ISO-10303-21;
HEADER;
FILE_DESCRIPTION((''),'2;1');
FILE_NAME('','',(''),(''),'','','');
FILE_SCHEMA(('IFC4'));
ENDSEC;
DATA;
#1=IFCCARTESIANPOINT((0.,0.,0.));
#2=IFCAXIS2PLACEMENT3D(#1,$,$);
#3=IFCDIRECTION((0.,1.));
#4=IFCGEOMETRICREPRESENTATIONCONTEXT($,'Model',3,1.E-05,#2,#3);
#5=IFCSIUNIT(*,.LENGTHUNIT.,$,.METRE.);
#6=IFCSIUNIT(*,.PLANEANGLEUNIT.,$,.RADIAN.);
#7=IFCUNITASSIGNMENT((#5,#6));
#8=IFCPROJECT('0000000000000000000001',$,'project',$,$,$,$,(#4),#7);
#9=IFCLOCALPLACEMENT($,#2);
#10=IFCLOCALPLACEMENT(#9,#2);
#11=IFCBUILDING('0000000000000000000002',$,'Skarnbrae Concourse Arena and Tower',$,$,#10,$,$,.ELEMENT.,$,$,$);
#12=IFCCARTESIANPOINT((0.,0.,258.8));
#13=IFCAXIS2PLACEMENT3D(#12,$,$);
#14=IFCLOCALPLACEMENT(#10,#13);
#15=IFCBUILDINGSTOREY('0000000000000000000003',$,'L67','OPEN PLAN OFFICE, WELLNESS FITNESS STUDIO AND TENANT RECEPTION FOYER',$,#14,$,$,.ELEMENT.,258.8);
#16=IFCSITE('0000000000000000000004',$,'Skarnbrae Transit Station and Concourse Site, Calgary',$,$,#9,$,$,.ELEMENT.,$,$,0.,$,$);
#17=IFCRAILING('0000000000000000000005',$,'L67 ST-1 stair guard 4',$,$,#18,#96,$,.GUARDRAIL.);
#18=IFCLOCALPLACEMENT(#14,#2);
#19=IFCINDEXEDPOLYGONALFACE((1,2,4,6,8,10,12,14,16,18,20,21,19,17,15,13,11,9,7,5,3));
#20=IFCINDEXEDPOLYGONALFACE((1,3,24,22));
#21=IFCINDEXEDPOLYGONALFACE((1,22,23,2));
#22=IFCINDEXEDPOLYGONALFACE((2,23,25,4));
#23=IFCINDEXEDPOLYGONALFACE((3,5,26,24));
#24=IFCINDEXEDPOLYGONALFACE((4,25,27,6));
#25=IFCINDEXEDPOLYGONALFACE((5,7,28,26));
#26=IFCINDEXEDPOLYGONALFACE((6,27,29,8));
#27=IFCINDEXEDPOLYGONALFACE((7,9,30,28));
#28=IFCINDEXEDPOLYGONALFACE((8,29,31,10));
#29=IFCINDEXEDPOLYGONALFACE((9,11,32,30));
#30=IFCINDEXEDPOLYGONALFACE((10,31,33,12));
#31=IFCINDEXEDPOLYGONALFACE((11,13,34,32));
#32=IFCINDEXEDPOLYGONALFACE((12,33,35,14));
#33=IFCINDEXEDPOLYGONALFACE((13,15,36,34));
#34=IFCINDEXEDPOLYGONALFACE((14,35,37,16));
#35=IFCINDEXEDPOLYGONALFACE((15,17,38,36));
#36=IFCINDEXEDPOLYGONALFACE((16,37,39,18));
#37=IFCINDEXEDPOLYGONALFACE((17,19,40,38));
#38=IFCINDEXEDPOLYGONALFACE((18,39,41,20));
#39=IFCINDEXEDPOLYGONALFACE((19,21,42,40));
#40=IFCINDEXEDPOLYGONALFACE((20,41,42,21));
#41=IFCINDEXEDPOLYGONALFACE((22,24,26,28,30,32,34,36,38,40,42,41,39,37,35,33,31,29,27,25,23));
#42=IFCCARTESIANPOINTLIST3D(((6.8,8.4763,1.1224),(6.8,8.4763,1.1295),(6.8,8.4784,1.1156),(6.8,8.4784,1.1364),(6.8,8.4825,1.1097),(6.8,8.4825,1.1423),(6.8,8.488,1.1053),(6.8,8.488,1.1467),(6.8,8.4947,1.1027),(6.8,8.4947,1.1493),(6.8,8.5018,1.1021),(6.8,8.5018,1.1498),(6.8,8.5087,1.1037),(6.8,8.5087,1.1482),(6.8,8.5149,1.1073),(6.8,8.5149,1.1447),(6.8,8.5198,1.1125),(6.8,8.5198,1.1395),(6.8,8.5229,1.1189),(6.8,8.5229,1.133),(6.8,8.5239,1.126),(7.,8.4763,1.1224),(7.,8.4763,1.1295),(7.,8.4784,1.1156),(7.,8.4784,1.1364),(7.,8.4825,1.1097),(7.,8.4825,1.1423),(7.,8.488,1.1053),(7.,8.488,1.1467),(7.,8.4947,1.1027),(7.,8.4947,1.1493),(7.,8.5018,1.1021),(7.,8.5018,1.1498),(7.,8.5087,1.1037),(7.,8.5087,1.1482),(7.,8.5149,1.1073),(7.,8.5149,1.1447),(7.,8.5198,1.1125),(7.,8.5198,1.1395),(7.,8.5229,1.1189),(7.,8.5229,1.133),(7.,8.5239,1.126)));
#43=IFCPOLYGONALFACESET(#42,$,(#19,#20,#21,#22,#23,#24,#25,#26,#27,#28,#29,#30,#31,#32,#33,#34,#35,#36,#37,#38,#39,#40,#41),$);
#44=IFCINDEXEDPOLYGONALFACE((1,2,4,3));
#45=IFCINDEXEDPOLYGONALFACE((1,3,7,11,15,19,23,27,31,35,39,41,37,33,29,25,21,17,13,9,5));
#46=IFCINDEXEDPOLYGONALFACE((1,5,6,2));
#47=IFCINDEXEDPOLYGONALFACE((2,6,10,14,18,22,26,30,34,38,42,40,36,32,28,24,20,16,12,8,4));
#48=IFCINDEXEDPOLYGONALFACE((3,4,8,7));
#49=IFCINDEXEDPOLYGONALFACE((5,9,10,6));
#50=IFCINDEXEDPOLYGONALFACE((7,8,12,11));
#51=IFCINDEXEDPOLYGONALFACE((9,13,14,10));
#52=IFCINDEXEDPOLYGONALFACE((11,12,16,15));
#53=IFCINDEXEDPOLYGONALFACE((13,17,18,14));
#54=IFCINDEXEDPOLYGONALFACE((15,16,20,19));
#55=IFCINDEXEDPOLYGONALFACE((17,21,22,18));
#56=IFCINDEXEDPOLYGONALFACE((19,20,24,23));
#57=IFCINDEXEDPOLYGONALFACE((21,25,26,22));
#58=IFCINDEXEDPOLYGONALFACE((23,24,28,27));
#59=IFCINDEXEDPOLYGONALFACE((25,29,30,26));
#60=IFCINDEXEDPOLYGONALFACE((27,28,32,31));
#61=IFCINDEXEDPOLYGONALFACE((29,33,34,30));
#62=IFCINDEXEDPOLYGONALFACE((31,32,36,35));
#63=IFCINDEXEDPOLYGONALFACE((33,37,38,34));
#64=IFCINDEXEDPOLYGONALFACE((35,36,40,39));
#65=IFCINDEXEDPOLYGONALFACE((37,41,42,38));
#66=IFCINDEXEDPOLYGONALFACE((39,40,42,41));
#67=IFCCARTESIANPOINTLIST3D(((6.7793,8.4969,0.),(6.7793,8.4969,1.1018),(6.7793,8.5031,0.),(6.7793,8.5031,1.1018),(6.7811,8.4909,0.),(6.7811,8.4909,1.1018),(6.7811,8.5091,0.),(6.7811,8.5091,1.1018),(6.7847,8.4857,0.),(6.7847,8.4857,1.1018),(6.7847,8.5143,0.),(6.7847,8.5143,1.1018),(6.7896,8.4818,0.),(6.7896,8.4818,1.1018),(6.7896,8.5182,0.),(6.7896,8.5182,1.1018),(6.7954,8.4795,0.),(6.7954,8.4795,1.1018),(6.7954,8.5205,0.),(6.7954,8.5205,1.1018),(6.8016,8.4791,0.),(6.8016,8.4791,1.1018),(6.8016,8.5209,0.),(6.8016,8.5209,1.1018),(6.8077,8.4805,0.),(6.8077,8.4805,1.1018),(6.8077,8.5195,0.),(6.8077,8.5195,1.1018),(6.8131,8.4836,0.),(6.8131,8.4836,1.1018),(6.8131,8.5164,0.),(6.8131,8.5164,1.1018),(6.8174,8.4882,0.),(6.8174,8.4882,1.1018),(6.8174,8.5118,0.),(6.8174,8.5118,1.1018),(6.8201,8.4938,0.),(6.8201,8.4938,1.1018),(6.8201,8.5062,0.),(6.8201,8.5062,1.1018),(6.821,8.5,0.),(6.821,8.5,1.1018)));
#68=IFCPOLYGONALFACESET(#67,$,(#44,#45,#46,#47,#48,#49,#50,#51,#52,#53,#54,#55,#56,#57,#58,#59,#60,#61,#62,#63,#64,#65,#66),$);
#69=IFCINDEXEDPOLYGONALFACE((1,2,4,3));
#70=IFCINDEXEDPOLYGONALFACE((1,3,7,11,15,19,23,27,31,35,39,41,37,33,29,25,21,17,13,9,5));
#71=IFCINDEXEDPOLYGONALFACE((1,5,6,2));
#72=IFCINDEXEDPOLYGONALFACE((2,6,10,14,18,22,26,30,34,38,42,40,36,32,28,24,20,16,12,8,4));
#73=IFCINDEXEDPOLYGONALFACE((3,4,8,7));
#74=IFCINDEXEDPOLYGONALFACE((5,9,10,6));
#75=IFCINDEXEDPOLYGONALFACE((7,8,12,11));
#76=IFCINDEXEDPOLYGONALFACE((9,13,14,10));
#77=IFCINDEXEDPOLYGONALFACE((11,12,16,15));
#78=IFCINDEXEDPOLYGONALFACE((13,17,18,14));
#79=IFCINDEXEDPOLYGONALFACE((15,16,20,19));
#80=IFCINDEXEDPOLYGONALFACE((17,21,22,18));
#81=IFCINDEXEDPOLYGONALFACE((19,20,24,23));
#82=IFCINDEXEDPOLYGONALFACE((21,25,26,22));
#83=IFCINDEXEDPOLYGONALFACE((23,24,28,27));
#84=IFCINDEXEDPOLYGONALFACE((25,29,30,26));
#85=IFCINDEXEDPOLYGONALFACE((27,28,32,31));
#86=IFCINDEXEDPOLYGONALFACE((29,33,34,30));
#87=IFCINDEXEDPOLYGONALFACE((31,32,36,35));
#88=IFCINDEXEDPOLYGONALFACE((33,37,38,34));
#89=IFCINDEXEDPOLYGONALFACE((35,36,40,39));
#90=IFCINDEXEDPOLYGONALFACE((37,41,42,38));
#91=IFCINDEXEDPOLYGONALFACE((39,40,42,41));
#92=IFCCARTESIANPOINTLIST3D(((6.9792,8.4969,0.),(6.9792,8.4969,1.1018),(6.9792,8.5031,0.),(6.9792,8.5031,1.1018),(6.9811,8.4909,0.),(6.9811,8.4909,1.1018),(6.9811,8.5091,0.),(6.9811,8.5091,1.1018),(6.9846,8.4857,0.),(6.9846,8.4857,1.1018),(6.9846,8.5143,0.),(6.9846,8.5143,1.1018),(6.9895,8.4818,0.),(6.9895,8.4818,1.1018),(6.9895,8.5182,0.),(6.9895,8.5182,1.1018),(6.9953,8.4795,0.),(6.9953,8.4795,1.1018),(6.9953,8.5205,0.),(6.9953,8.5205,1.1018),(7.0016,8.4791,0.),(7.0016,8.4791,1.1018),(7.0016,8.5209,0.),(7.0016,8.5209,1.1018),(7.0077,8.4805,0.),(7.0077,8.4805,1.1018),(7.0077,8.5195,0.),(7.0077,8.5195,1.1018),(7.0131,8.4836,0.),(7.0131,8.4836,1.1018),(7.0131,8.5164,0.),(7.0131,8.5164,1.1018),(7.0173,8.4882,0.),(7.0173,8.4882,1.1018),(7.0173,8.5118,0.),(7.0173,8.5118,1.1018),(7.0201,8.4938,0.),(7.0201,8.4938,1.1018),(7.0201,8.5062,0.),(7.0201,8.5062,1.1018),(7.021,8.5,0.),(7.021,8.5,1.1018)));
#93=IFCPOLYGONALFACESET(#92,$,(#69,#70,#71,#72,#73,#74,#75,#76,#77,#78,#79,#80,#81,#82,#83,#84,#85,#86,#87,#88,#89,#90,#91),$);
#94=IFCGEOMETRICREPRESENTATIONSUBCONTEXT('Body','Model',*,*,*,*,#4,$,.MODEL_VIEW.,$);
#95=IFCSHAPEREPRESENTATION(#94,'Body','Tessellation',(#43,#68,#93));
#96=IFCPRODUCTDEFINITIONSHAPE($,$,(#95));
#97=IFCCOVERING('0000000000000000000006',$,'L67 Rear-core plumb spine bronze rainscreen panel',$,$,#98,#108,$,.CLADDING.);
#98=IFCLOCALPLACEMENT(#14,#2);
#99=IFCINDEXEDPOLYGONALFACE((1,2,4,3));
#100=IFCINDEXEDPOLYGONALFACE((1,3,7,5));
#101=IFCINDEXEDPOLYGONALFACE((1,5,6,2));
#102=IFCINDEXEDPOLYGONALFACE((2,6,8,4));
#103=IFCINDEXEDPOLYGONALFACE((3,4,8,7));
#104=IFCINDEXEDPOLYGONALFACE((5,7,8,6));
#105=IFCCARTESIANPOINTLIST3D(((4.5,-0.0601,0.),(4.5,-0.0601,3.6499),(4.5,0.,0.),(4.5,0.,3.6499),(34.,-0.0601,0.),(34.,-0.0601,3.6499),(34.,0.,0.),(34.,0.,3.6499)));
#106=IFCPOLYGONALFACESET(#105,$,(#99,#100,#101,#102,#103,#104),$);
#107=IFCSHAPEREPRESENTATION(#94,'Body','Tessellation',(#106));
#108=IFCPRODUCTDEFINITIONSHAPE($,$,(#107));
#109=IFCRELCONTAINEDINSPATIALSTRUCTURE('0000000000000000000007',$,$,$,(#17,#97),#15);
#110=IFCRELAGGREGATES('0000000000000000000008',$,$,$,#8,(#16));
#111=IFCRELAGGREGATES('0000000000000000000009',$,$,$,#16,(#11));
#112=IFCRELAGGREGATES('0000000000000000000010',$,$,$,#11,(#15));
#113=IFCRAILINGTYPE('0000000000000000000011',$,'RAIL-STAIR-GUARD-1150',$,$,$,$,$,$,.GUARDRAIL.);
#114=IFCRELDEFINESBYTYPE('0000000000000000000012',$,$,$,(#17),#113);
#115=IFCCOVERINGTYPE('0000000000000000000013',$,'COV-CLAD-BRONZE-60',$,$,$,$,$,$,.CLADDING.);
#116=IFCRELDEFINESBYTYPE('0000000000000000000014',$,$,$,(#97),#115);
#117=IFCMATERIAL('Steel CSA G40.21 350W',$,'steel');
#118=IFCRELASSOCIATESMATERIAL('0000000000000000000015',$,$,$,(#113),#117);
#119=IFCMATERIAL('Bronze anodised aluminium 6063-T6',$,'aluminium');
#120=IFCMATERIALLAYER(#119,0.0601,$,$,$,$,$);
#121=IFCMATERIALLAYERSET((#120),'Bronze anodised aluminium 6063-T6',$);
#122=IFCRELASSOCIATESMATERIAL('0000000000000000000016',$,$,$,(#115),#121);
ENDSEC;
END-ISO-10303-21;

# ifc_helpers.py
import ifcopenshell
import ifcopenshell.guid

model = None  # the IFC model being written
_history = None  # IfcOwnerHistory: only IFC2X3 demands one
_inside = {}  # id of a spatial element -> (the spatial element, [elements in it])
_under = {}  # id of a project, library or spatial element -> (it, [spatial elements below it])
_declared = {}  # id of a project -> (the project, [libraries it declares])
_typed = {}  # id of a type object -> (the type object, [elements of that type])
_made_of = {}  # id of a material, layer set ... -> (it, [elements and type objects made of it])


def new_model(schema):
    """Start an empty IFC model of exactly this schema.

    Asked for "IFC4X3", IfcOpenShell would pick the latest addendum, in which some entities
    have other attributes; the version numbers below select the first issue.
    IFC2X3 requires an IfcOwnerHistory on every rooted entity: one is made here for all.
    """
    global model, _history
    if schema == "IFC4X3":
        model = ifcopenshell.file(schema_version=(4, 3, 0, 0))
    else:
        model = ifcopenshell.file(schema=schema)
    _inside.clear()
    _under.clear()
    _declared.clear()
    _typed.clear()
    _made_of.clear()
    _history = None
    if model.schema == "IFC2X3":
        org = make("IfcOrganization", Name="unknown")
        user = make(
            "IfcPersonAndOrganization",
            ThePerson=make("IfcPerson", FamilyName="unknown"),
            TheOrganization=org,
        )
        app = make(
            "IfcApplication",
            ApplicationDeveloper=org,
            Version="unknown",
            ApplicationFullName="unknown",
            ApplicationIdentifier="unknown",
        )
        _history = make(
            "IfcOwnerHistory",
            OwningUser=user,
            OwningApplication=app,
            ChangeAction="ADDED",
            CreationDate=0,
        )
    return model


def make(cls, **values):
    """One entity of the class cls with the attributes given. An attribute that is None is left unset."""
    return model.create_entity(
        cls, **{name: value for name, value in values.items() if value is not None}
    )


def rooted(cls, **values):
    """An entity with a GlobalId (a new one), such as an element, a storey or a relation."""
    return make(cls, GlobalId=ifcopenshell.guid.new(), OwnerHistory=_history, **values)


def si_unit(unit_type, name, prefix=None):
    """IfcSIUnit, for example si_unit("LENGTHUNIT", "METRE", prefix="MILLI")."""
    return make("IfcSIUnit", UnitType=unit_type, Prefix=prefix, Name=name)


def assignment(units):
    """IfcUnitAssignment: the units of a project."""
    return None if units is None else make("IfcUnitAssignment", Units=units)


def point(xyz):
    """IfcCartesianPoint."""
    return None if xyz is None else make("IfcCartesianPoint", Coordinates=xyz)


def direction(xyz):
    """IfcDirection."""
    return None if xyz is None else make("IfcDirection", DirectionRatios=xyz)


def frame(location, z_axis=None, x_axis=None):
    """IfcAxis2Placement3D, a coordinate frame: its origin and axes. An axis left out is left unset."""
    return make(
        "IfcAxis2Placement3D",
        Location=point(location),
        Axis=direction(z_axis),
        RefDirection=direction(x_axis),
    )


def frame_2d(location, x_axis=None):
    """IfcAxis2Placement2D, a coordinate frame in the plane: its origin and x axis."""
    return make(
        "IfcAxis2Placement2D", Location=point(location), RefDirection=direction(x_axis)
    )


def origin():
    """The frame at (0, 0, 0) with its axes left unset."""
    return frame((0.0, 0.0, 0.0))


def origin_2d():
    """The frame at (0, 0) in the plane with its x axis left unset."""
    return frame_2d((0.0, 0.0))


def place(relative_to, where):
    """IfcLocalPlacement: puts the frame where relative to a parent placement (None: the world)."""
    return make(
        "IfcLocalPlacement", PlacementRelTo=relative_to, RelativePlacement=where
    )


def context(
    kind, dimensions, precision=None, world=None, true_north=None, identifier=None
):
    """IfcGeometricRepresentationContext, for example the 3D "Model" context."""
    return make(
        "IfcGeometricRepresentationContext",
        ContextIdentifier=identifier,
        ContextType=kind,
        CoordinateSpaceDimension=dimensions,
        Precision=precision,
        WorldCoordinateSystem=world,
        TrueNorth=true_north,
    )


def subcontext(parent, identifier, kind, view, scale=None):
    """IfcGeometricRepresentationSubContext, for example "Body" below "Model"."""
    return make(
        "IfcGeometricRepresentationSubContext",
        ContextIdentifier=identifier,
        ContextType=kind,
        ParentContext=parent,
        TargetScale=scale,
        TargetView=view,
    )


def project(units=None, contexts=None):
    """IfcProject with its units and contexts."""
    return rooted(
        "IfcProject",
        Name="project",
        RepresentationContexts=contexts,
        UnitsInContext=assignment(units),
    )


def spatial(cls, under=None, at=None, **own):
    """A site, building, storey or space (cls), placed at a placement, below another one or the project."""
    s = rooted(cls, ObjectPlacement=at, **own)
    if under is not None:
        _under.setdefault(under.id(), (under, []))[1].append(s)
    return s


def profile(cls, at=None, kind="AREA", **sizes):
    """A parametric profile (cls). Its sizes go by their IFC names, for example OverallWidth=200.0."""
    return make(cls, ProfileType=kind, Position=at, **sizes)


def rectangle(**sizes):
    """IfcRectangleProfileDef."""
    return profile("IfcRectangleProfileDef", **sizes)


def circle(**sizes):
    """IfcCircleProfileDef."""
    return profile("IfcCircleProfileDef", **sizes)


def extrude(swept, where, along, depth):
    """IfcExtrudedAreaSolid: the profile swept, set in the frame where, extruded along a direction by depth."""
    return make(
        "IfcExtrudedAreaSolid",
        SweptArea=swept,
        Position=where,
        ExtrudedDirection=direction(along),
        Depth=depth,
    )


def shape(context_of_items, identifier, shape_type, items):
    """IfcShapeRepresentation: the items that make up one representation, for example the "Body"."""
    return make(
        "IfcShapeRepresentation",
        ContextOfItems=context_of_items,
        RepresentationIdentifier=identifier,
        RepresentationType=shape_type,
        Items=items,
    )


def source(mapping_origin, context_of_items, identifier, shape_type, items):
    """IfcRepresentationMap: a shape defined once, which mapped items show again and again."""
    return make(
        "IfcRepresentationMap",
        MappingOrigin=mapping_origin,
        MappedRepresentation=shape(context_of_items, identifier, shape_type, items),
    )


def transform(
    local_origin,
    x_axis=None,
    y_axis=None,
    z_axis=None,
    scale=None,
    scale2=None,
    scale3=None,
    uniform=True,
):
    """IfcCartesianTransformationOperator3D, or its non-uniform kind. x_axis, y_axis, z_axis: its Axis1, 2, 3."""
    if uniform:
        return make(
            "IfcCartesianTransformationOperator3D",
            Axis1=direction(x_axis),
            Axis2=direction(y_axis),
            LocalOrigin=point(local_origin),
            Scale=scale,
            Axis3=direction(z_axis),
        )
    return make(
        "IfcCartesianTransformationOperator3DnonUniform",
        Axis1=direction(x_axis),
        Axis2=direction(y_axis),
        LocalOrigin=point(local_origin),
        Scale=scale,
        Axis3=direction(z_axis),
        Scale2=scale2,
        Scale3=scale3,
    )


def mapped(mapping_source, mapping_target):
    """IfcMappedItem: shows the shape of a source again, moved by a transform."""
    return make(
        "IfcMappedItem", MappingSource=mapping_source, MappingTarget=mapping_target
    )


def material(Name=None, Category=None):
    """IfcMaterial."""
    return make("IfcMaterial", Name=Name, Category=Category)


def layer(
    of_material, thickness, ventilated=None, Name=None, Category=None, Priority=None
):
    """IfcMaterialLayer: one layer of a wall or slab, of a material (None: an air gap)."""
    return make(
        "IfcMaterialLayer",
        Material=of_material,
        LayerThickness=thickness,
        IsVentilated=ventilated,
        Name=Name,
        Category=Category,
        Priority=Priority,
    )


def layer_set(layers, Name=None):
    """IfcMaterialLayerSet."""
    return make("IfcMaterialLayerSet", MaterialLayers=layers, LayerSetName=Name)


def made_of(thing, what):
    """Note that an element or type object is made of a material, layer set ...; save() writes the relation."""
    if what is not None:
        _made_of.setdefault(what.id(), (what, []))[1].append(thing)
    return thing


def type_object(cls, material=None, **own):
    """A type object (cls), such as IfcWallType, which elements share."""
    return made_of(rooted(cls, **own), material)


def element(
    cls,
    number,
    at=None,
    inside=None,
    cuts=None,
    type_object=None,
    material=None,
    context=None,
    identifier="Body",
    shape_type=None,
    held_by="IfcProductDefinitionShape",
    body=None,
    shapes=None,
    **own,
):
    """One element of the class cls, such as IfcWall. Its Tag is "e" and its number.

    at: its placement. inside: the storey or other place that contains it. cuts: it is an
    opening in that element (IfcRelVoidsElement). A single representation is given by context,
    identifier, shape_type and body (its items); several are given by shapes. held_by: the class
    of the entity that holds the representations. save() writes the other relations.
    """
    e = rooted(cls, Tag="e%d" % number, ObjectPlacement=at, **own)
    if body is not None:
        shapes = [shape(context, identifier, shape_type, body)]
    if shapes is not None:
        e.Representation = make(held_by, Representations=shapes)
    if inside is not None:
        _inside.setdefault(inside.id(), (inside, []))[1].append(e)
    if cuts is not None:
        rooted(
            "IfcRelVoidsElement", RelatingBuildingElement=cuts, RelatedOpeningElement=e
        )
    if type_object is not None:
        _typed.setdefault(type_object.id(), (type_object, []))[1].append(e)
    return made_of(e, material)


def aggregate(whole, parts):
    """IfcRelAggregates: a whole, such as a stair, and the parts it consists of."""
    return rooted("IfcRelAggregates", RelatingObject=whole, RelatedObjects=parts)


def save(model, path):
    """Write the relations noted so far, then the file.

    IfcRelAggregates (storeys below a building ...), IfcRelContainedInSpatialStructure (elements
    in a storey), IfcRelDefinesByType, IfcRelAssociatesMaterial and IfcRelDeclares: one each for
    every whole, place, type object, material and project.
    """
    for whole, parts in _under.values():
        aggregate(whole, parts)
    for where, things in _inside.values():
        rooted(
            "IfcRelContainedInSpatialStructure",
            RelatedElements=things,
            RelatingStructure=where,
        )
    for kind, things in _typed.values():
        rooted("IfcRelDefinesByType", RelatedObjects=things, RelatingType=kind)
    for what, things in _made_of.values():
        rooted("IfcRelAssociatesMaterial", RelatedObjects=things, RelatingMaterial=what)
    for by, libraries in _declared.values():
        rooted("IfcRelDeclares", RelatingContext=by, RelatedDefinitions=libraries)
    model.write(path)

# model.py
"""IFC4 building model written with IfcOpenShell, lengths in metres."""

from ifc_helpers import new_model, si_unit, direction, frame, origin, origin_2d, place, context, subcontext, project, spatial, rectangle, circle, extrude, source, transform, mapped, material, layer, layer_set, type_object, element, save


model = new_model("IFC4")

# Units and contexts
model_context = context("Model", 3, precision=1e-05, world=origin(), true_north=direction((0.0, 1.0)))
body_context = subcontext(model_context, "Body", "Model", "MODEL_VIEW")
ifc_project = project(units=[si_unit("LENGTHUNIT", "METRE"), si_unit("PLANEANGLEUNIT", "RADIAN")], contexts=[model_context])

# Site, building, storey
site_placement = place(None, origin())
site = spatial("IfcSite", under=ifc_project, at=site_placement, Name="Skarnbrae Transit Station and Concourse Site, Calgary", CompositionType="ELEMENT", RefElevation=0.0)
building_placement = place(site_placement, origin())
building = spatial("IfcBuilding", under=site, at=building_placement, Name="Skarnbrae Concourse Arena and Tower", CompositionType="ELEMENT")
storey_placement = place(building_placement, frame((0.0, 0.0, 258.8)))
storey = spatial("IfcBuildingStorey", under=building, at=storey_placement, Name="L67", Description="OPEN PLAN OFFICE, WELLNESS FITNESS STUDIO AND TENANT RECEPTION FOYER", CompositionType="ELEMENT", Elevation=258.8)

# Shared definitions
ifc_material_1 = material(Name="Steel CSA G40.21 350W", Category="steel")

# Railing
railing_type_1 = type_object("IfcRailingType", Name="RAIL-STAIR-GUARD-1150", PredefinedType="GUARDRAIL", material=ifc_material_1)
railing_1_placement = place(storey_placement, frame((6.8, 8.5, 0.0)))
element("IfcRailing", 1, at=railing_1_placement, inside=storey, type_object=railing_type_1, Name="L67 ST-1 stair guard 4", PredefinedType="GUARDRAIL", context=body_context, shape_type="SweptSolid", body=[
    extrude(circle(Radius=0.0239, at=origin_2d()), frame((0.0, 0.0, 1.126), z_axis=(1.0, 0.0, 0.0), x_axis=(0.0, 1.0, 0.0)), (0.0, 0.0, 1.0), 0.2),
    extrude(circle(Radius=0.021, at=origin_2d()), origin(), (0.0, 0.0, 1.0), 1.1018),
    extrude(circle(Radius=0.021, at=origin_2d()), frame((0.2, 0.0, 0.0)), (0.0, 0.0, 1.0), 1.1018),
])

# Covering
ifc_material_2 = material(Name="Bronze anodised aluminium 6063-T6", Category="aluminium")
ifc_layer_1 = layer(ifc_material_2, 0.0601)
ifc_layer_set_1 = layer_set([ifc_layer_1], Name="Bronze anodised aluminium 6063-T6")
covering_type = type_object("IfcCoveringType", Name="COV-CLAD-BRONZE-60", PredefinedType="CLADDING", material=ifc_layer_set_1)
shared_shape_1 = source(origin(), body_context, "Body", "SweptSolid", [
    extrude(rectangle(XDim=29.5, YDim=0.0601, at=origin_2d()), origin(), (0.0, 0.0, 1.0), 3.6499),
])
covering_placement = place(storey_placement, frame((19.25, -0.03, 0.0), z_axis=(0.0, 0.0, 1.0), x_axis=(1.0, 0.0, 0.0)))
element("IfcCovering", 2, at=covering_placement, inside=storey, type_object=covering_type, Name="L67 Rear-core plumb spine bronze rainscreen panel", PredefinedType="CLADDING", context=body_context, shape_type="MappedRepresentation", body=[
    mapped(shared_shape_1, transform((0.0, 0.0, 0.0))),
])

save(model, "model.ifc")
